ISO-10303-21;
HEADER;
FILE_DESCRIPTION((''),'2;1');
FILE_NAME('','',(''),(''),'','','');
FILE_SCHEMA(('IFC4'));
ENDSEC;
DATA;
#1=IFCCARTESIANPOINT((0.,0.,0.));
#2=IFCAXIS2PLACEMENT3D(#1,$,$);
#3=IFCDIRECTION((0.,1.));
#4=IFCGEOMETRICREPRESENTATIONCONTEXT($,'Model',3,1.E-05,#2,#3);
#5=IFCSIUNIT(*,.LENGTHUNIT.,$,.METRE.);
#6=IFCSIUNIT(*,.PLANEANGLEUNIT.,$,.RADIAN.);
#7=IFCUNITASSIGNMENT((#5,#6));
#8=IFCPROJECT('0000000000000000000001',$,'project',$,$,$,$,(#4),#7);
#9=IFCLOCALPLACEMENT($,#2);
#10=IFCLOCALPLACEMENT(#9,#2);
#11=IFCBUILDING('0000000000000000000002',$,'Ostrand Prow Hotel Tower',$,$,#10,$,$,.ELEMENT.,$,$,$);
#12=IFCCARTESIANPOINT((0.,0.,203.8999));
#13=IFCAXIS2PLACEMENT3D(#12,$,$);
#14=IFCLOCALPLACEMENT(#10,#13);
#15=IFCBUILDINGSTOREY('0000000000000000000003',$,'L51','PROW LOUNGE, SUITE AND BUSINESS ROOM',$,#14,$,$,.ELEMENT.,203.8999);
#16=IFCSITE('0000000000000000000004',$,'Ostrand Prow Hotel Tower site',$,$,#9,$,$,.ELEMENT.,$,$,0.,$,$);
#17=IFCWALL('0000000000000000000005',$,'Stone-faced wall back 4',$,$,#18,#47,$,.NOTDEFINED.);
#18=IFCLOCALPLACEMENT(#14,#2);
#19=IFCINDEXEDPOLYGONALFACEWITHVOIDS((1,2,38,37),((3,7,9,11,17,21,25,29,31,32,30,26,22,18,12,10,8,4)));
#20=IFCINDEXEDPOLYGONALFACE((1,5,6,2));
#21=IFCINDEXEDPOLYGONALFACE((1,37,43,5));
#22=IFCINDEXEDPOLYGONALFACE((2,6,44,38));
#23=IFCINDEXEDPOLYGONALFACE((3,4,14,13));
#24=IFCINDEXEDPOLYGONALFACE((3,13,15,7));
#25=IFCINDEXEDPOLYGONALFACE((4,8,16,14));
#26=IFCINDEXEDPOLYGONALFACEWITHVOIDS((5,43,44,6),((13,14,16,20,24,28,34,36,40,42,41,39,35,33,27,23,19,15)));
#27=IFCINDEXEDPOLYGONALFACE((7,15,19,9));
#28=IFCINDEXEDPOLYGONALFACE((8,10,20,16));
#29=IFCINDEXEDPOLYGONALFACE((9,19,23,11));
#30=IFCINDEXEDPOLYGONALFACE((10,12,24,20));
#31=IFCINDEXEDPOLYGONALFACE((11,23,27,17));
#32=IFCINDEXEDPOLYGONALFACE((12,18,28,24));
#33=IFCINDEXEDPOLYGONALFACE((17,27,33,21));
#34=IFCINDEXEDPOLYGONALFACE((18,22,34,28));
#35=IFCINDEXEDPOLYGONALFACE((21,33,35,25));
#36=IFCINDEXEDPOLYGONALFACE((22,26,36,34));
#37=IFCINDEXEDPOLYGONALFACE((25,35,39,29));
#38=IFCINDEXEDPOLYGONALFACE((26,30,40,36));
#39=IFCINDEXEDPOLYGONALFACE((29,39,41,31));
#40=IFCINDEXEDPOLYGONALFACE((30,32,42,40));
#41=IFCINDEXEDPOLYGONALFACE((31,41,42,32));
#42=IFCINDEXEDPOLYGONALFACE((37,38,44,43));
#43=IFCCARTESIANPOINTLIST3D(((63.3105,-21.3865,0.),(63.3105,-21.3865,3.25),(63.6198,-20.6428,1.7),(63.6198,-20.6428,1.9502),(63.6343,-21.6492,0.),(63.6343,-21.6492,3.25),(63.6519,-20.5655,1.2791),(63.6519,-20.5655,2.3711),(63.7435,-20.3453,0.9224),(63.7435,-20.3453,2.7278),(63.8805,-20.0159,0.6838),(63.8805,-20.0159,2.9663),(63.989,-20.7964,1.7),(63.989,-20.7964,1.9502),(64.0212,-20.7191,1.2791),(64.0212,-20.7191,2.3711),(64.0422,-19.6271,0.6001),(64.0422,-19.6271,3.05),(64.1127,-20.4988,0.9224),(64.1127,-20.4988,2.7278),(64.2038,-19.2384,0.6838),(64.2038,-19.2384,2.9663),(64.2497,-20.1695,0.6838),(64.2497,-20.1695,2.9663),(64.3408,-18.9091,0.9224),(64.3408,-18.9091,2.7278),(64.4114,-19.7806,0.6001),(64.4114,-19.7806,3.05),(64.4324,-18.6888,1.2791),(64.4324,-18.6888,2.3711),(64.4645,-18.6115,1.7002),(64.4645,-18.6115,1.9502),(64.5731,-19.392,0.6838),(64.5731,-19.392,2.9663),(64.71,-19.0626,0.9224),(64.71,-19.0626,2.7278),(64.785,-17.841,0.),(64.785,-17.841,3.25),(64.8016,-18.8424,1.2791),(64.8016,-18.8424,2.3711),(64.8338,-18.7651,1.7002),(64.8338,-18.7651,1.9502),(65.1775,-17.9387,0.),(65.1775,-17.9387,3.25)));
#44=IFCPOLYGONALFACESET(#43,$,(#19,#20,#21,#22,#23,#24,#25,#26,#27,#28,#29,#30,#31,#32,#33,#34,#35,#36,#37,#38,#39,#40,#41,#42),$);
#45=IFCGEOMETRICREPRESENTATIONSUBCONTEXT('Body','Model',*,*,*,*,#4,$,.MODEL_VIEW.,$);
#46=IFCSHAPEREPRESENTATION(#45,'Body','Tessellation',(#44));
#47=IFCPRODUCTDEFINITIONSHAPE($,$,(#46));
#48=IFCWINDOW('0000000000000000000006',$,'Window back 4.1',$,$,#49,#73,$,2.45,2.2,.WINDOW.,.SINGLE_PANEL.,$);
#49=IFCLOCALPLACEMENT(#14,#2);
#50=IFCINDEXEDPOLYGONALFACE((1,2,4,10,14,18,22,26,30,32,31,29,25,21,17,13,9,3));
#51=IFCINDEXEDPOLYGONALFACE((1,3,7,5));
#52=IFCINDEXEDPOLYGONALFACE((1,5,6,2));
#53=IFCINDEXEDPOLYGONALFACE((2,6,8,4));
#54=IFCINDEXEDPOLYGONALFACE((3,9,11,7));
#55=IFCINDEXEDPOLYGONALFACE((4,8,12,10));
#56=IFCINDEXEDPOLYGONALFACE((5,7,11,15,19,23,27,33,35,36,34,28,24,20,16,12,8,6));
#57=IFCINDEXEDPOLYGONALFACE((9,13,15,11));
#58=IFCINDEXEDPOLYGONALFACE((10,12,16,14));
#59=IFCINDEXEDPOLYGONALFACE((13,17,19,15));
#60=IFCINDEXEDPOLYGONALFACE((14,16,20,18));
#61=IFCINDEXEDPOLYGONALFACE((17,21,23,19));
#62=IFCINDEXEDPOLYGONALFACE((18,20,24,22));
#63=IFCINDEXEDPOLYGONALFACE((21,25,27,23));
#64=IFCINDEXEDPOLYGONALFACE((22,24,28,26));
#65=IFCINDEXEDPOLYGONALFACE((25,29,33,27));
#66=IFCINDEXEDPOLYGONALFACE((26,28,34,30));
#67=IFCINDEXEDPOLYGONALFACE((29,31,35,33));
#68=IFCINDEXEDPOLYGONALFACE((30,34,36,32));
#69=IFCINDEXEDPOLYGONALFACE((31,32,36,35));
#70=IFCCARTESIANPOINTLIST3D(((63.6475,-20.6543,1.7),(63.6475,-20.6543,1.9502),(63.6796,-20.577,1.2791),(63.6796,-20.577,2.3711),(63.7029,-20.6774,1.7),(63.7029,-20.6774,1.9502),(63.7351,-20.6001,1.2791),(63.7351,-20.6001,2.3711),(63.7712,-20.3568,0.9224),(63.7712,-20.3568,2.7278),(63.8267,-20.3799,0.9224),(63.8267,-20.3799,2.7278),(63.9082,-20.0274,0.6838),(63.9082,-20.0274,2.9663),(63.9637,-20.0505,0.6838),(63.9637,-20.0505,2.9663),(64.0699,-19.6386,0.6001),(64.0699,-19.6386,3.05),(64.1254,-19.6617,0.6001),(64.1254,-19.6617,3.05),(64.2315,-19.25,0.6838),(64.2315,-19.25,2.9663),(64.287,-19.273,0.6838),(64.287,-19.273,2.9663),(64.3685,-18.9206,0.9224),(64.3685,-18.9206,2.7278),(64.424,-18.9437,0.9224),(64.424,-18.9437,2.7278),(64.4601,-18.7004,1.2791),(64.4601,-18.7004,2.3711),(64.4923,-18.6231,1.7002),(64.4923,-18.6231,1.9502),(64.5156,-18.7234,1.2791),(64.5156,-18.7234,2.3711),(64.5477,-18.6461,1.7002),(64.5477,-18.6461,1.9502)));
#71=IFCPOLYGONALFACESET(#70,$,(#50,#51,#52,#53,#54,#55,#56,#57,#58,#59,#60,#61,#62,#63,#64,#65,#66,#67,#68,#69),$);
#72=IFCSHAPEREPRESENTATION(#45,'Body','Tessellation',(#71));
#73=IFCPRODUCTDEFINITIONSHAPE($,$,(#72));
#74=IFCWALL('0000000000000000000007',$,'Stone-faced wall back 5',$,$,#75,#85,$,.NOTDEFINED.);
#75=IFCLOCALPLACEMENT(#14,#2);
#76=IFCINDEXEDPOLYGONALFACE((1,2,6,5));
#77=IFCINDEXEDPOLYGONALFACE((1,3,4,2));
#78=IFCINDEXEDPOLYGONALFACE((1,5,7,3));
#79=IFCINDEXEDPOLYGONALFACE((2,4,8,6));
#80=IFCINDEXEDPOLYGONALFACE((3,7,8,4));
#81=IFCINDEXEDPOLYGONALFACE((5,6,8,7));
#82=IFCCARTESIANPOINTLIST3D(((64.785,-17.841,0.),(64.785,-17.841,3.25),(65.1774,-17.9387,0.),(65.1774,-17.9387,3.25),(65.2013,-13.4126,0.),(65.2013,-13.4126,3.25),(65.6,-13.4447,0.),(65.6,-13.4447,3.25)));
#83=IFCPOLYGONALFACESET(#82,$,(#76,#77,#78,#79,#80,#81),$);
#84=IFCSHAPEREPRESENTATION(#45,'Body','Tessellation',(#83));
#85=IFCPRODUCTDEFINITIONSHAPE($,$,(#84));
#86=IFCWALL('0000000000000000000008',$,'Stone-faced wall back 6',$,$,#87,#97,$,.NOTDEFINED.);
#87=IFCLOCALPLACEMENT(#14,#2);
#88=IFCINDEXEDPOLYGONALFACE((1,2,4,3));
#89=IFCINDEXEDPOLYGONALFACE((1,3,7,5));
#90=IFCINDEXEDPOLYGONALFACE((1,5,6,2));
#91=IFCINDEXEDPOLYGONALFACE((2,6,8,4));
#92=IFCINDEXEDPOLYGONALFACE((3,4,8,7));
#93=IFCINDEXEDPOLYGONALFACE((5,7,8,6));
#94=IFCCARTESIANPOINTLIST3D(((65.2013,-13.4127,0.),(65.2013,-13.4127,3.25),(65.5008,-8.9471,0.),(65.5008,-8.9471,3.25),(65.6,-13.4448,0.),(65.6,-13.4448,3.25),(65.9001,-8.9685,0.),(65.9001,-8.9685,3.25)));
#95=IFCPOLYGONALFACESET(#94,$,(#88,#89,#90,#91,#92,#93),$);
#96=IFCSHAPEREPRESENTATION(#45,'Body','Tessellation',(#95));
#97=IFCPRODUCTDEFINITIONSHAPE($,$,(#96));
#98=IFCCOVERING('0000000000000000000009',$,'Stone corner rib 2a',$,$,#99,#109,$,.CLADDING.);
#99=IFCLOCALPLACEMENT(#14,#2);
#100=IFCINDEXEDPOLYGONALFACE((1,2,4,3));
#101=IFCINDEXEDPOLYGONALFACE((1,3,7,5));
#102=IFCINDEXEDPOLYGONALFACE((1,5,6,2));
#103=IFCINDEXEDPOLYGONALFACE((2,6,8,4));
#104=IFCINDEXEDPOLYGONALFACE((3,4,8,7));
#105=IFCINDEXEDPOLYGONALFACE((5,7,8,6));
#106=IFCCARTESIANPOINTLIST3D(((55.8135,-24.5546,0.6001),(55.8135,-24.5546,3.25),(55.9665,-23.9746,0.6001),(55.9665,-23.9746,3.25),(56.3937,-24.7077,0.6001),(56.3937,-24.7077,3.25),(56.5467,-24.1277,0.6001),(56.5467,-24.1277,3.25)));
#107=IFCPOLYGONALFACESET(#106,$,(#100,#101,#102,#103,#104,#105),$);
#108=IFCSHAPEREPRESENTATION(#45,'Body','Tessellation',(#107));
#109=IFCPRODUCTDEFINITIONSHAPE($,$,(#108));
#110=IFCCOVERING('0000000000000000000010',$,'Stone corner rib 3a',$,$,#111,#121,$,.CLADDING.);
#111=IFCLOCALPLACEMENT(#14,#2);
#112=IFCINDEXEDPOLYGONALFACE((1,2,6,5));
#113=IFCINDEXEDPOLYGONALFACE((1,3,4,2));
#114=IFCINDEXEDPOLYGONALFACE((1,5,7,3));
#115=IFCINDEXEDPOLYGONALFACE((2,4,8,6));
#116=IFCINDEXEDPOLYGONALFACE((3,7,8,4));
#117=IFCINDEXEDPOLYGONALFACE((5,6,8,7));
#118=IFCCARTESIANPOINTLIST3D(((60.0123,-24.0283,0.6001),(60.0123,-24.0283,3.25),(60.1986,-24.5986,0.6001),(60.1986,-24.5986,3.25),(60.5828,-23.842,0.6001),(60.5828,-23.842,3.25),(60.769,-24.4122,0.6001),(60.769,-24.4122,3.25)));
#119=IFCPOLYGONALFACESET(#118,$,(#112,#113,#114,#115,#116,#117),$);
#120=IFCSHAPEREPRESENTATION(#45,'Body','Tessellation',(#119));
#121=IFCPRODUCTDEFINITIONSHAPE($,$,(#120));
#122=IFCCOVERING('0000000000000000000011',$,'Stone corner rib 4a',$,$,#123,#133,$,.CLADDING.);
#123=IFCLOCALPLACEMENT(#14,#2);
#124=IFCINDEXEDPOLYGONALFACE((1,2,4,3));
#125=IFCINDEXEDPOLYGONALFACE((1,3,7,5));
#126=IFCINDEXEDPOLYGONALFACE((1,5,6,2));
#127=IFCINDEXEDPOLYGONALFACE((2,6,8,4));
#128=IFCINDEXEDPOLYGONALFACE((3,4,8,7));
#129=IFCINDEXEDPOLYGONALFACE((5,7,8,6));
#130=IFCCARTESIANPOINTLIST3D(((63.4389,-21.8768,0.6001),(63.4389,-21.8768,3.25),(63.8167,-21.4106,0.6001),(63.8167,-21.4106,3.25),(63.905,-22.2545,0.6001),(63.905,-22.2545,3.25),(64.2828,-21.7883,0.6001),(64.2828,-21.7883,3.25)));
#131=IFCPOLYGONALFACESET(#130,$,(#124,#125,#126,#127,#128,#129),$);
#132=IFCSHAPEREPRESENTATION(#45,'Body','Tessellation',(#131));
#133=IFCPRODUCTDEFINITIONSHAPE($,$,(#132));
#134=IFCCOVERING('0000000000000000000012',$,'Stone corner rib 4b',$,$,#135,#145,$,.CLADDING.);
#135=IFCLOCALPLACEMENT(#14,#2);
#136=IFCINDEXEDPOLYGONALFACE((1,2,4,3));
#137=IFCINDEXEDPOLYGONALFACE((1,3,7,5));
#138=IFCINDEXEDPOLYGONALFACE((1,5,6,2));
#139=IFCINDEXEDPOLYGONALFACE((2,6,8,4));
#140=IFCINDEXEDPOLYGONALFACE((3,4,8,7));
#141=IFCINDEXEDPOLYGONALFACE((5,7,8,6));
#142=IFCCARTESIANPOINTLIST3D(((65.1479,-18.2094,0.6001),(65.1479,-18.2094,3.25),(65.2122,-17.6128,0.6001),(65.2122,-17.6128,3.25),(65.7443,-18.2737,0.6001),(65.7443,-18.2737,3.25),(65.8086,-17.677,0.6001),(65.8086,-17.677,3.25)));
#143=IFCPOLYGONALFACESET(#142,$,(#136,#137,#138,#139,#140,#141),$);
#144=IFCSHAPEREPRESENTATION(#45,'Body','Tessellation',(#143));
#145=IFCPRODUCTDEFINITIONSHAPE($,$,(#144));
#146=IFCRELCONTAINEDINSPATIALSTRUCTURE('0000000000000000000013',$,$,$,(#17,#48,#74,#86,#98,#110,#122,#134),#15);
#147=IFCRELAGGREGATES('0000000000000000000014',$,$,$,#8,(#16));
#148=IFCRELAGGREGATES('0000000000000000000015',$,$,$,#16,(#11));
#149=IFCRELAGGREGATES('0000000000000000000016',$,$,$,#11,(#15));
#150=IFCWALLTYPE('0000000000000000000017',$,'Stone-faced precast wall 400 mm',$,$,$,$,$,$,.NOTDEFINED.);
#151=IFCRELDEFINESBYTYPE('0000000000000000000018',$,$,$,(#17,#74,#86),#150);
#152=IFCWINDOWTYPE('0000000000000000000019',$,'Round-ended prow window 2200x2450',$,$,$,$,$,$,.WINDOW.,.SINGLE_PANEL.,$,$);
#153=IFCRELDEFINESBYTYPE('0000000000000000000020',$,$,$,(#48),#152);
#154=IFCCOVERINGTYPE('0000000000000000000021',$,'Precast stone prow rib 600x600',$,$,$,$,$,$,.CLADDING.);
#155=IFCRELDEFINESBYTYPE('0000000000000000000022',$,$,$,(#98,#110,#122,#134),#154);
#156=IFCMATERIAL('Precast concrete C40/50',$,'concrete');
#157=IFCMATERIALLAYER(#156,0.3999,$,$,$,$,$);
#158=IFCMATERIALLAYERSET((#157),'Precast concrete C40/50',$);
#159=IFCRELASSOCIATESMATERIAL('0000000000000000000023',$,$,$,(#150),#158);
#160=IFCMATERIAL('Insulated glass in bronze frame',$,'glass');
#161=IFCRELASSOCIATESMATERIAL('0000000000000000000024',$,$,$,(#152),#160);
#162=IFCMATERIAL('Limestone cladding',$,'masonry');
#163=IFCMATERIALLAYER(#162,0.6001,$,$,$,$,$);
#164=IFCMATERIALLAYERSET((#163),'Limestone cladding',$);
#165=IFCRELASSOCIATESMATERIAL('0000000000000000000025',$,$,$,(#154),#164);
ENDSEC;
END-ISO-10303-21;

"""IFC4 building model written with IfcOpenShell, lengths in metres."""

from ifc_helpers import new_model, si_unit, direction, frame, frame_2d, origin, place, context, subcontext, project, spatial, polyline, rectangle, outline, extrude, material, layer, layer_set, type_object, element, fill, save


model = new_model("IFC4")

# Units and contexts
model_context = context("Model", 3, precision=1e-05, world=origin(), true_north=direction((0.0, 1.0)))
body_context = subcontext(model_context, "Body", "Model", "MODEL_VIEW")
ifc_project = project(units=[si_unit("LENGTHUNIT", "METRE"), si_unit("PLANEANGLEUNIT", "RADIAN")], contexts=[model_context])

# Site, building, storey
site_placement = place(None, origin())
site = spatial("IfcSite", under=ifc_project, at=site_placement, Name="Ostrand Prow Hotel Tower site", CompositionType="ELEMENT", RefElevation=0.0)
building_placement = place(site_placement, origin())
building = spatial("IfcBuilding", under=site, at=building_placement, Name="Ostrand Prow Hotel Tower", CompositionType="ELEMENT")
storey_placement = place(building_placement, frame((0.0, 0.0, 203.8999)))
storey = spatial("IfcBuildingStorey", under=building, at=storey_placement, Name="L51", Description="PROW LOUNGE, SUITE AND BUSINESS ROOM", CompositionType="ELEMENT", Elevation=203.8999)

# Wall, opening, window
ifc_material_1 = material(Name="Precast concrete C40/50", Category="concrete")
ifc_layer_1 = layer(ifc_material_1, 0.3999)
ifc_layer_set_1 = layer_set([ifc_layer_1], Name="Precast concrete C40/50")
wall_type_1 = type_object("IfcWallType", Name="Stone-faced precast wall 400 mm", PredefinedType="NOTDEFINED", material=ifc_layer_set_1)
ifc_material_2 = material(Name="Insulated glass in bronze frame", Category="glass")
window_type = type_object("IfcWindowType", Name="Round-ended prow window 2200x2450", PartitioningType="SINGLE_PANEL", PredefinedType="WINDOW", material=ifc_material_2)
wall_1_placement = place(storey_placement, frame((63.4724, -21.5178, 0.0), z_axis=(0.0, 0.0, 1.0), x_axis=(0.383998, 0.923334, 0.0)))
wall_1 = element("IfcWall", 1, at=wall_1_placement, inside=storey, type_object=wall_type_1, Name="Stone-faced wall back 4", PredefinedType="NOTDEFINED", context=body_context, shape_type="SweptSolid", body=[
    extrude(outline(polyline([(-0.0591, -0.2), (3.9595, -0.2), (3.8989, 0.2), (0.0591, 0.2), (-0.0591, -0.2)])), origin(), (0.0, 0.0, 1.0), 3.25),
])
opening_1_placement = place(wall_1_placement, frame((0.8645, 0.0, 0.6001)))
opening_1 = element("IfcOpeningElement", 2, at=opening_1_placement, cuts=wall_1, PredefinedType="OPENING", context=body_context, shape_type="SweptSolid", body=[
    extrude(outline(polyline([(0.0, 1.3501), (0.0837, 1.771), (0.3223, 2.1277), (0.679, 2.3662), (1.1001, 2.45), (1.521, 2.3662), (1.8777, 2.1277), (2.1162, 1.771), (2.2, 1.3501), (2.2, 1.1001), (2.1162, 0.679), (1.8777, 0.3223), (1.521, 0.0837), (1.1001, 0.0), (0.679, 0.0837), (0.3223, 0.3223), (0.0837, 0.679), (0.0, 1.0999), (0.0, 1.3501)])), frame((0.0, 0.21, 0.0), z_axis=(0.0, -1.0, 0.0), x_axis=(1.0, 0.0, 0.0)), (0.0, 0.0, 1.0), 0.4199),
])
window_1_placement = place(opening_1_placement, origin())
window_1 = element("IfcWindow", 3, at=window_1_placement, inside=storey, type_object=window_type, Name="Window back 4.1", OverallHeight=2.45, OverallWidth=2.2, PartitioningType="SINGLE_PANEL", PredefinedType="WINDOW", context=body_context, shape_type="SweptSolid", body=[
    extrude(outline(polyline([(0.0, 1.3501), (0.0837, 1.771), (0.3223, 2.1277), (0.679, 2.3662), (1.1001, 2.45), (1.521, 2.3662), (1.8777, 2.1277), (2.1162, 1.771), (2.2, 1.3501), (2.2, 1.1001), (2.1162, 0.679), (1.8777, 0.3223), (1.521, 0.0837), (1.1001, 0.0), (0.679, 0.0837), (0.3223, 0.3223), (0.0837, 0.679), (0.0, 1.0999), (0.0, 1.3501)])), frame((0.0, 0.1699, 0.0), z_axis=(0.0, -1.0, 0.0), x_axis=(1.0, 0.0, 0.0)), (0.0, 0.0, 1.0), 0.0601),
])
fill(opening_1, window_1)

# Walls
wall_2_placement = place(storey_placement, frame((64.9812, -17.8899, 0.0), z_axis=(0.0, 0.0, 1.0), x_axis=(0.093606, 0.995609, 0.0)))
element("IfcWall", 4, at=wall_2_placement, inside=storey, type_object=wall_type_1, Name="Stone-faced wall back 5", PredefinedType="NOTDEFINED", context=body_context, shape_type="SweptSolid", body=[
    extrude(outline(polyline([(-0.0303, -0.2), (4.4836, -0.2), (4.4783, 0.2), (0.0303, 0.2), (-0.0303, -0.2)])), origin(), (0.0, 0.0, 1.0), 3.25),
])
wall_3_placement = place(storey_placement, frame((65.4006, -13.4287, 0.0), z_axis=(0.0, 0.0, 1.0), x_axis=(0.066906, 0.997759, 0.0)))
element("IfcWall", 5, at=wall_3_placement, inside=storey, type_object=wall_type_1, Name="Stone-faced wall back 6", PredefinedType="NOTDEFINED", context=body_context, shape_type="SweptSolid", body=[
    extrude(outline(polyline([(-0.0027, -0.2), (4.4836, -0.2), (4.4783, 0.2), (0.0027, 0.2), (-0.0027, -0.2)])), origin(), (0.0, 0.0, 1.0), 3.25),
])

# Coverings
ifc_material_3 = material(Name="Limestone cladding", Category="masonry")
ifc_layer_2 = layer(ifc_material_3, 0.6001)
ifc_layer_set_2 = layer_set([ifc_layer_2], Name="Limestone cladding")
covering_type = type_object("IfcCoveringType", Name="Precast stone prow rib 600x600", PredefinedType="CLADDING", material=ifc_layer_set_2)
for number, where, z_axis, x_axis, name in (
    (6, (56.2566, -24.0513, 0.6001), (0.0, 0.0, 1.0), (-0.255154, -0.9669, 0.0), "Stone corner rib 2a"),
    (7, (60.2976, -23.9353, 0.6001), (0.0, 0.0, 1.0), (0.310484, -0.950578, 0.0), "Stone corner rib 3a"),
    (8, (63.6279, -21.6438, 0.6001), (0.0, 0.0, 1.0), (0.776923, -0.629596, 0.0), "Stone corner rib 4a"),
    (9, (65.1802, -17.9111, 0.6001), (0.0, 0.0, 1.0), (0.994255, -0.107036, 0.0), "Stone corner rib 4b"),
):
    element("IfcCovering", number, at=place(storey_placement, frame(where, z_axis=z_axis, x_axis=x_axis)), inside=storey, type_object=covering_type, Name=name, PredefinedType="CLADDING", context=body_context, shape_type="SweptSolid", body=[
        extrude(rectangle(XDim=0.5999, YDim=0.6001, at=frame_2d((0.2998, 0.0))), origin(), (0.0, 0.0, 1.0), 2.6499),
    ])

save(model, "model.ifc")
